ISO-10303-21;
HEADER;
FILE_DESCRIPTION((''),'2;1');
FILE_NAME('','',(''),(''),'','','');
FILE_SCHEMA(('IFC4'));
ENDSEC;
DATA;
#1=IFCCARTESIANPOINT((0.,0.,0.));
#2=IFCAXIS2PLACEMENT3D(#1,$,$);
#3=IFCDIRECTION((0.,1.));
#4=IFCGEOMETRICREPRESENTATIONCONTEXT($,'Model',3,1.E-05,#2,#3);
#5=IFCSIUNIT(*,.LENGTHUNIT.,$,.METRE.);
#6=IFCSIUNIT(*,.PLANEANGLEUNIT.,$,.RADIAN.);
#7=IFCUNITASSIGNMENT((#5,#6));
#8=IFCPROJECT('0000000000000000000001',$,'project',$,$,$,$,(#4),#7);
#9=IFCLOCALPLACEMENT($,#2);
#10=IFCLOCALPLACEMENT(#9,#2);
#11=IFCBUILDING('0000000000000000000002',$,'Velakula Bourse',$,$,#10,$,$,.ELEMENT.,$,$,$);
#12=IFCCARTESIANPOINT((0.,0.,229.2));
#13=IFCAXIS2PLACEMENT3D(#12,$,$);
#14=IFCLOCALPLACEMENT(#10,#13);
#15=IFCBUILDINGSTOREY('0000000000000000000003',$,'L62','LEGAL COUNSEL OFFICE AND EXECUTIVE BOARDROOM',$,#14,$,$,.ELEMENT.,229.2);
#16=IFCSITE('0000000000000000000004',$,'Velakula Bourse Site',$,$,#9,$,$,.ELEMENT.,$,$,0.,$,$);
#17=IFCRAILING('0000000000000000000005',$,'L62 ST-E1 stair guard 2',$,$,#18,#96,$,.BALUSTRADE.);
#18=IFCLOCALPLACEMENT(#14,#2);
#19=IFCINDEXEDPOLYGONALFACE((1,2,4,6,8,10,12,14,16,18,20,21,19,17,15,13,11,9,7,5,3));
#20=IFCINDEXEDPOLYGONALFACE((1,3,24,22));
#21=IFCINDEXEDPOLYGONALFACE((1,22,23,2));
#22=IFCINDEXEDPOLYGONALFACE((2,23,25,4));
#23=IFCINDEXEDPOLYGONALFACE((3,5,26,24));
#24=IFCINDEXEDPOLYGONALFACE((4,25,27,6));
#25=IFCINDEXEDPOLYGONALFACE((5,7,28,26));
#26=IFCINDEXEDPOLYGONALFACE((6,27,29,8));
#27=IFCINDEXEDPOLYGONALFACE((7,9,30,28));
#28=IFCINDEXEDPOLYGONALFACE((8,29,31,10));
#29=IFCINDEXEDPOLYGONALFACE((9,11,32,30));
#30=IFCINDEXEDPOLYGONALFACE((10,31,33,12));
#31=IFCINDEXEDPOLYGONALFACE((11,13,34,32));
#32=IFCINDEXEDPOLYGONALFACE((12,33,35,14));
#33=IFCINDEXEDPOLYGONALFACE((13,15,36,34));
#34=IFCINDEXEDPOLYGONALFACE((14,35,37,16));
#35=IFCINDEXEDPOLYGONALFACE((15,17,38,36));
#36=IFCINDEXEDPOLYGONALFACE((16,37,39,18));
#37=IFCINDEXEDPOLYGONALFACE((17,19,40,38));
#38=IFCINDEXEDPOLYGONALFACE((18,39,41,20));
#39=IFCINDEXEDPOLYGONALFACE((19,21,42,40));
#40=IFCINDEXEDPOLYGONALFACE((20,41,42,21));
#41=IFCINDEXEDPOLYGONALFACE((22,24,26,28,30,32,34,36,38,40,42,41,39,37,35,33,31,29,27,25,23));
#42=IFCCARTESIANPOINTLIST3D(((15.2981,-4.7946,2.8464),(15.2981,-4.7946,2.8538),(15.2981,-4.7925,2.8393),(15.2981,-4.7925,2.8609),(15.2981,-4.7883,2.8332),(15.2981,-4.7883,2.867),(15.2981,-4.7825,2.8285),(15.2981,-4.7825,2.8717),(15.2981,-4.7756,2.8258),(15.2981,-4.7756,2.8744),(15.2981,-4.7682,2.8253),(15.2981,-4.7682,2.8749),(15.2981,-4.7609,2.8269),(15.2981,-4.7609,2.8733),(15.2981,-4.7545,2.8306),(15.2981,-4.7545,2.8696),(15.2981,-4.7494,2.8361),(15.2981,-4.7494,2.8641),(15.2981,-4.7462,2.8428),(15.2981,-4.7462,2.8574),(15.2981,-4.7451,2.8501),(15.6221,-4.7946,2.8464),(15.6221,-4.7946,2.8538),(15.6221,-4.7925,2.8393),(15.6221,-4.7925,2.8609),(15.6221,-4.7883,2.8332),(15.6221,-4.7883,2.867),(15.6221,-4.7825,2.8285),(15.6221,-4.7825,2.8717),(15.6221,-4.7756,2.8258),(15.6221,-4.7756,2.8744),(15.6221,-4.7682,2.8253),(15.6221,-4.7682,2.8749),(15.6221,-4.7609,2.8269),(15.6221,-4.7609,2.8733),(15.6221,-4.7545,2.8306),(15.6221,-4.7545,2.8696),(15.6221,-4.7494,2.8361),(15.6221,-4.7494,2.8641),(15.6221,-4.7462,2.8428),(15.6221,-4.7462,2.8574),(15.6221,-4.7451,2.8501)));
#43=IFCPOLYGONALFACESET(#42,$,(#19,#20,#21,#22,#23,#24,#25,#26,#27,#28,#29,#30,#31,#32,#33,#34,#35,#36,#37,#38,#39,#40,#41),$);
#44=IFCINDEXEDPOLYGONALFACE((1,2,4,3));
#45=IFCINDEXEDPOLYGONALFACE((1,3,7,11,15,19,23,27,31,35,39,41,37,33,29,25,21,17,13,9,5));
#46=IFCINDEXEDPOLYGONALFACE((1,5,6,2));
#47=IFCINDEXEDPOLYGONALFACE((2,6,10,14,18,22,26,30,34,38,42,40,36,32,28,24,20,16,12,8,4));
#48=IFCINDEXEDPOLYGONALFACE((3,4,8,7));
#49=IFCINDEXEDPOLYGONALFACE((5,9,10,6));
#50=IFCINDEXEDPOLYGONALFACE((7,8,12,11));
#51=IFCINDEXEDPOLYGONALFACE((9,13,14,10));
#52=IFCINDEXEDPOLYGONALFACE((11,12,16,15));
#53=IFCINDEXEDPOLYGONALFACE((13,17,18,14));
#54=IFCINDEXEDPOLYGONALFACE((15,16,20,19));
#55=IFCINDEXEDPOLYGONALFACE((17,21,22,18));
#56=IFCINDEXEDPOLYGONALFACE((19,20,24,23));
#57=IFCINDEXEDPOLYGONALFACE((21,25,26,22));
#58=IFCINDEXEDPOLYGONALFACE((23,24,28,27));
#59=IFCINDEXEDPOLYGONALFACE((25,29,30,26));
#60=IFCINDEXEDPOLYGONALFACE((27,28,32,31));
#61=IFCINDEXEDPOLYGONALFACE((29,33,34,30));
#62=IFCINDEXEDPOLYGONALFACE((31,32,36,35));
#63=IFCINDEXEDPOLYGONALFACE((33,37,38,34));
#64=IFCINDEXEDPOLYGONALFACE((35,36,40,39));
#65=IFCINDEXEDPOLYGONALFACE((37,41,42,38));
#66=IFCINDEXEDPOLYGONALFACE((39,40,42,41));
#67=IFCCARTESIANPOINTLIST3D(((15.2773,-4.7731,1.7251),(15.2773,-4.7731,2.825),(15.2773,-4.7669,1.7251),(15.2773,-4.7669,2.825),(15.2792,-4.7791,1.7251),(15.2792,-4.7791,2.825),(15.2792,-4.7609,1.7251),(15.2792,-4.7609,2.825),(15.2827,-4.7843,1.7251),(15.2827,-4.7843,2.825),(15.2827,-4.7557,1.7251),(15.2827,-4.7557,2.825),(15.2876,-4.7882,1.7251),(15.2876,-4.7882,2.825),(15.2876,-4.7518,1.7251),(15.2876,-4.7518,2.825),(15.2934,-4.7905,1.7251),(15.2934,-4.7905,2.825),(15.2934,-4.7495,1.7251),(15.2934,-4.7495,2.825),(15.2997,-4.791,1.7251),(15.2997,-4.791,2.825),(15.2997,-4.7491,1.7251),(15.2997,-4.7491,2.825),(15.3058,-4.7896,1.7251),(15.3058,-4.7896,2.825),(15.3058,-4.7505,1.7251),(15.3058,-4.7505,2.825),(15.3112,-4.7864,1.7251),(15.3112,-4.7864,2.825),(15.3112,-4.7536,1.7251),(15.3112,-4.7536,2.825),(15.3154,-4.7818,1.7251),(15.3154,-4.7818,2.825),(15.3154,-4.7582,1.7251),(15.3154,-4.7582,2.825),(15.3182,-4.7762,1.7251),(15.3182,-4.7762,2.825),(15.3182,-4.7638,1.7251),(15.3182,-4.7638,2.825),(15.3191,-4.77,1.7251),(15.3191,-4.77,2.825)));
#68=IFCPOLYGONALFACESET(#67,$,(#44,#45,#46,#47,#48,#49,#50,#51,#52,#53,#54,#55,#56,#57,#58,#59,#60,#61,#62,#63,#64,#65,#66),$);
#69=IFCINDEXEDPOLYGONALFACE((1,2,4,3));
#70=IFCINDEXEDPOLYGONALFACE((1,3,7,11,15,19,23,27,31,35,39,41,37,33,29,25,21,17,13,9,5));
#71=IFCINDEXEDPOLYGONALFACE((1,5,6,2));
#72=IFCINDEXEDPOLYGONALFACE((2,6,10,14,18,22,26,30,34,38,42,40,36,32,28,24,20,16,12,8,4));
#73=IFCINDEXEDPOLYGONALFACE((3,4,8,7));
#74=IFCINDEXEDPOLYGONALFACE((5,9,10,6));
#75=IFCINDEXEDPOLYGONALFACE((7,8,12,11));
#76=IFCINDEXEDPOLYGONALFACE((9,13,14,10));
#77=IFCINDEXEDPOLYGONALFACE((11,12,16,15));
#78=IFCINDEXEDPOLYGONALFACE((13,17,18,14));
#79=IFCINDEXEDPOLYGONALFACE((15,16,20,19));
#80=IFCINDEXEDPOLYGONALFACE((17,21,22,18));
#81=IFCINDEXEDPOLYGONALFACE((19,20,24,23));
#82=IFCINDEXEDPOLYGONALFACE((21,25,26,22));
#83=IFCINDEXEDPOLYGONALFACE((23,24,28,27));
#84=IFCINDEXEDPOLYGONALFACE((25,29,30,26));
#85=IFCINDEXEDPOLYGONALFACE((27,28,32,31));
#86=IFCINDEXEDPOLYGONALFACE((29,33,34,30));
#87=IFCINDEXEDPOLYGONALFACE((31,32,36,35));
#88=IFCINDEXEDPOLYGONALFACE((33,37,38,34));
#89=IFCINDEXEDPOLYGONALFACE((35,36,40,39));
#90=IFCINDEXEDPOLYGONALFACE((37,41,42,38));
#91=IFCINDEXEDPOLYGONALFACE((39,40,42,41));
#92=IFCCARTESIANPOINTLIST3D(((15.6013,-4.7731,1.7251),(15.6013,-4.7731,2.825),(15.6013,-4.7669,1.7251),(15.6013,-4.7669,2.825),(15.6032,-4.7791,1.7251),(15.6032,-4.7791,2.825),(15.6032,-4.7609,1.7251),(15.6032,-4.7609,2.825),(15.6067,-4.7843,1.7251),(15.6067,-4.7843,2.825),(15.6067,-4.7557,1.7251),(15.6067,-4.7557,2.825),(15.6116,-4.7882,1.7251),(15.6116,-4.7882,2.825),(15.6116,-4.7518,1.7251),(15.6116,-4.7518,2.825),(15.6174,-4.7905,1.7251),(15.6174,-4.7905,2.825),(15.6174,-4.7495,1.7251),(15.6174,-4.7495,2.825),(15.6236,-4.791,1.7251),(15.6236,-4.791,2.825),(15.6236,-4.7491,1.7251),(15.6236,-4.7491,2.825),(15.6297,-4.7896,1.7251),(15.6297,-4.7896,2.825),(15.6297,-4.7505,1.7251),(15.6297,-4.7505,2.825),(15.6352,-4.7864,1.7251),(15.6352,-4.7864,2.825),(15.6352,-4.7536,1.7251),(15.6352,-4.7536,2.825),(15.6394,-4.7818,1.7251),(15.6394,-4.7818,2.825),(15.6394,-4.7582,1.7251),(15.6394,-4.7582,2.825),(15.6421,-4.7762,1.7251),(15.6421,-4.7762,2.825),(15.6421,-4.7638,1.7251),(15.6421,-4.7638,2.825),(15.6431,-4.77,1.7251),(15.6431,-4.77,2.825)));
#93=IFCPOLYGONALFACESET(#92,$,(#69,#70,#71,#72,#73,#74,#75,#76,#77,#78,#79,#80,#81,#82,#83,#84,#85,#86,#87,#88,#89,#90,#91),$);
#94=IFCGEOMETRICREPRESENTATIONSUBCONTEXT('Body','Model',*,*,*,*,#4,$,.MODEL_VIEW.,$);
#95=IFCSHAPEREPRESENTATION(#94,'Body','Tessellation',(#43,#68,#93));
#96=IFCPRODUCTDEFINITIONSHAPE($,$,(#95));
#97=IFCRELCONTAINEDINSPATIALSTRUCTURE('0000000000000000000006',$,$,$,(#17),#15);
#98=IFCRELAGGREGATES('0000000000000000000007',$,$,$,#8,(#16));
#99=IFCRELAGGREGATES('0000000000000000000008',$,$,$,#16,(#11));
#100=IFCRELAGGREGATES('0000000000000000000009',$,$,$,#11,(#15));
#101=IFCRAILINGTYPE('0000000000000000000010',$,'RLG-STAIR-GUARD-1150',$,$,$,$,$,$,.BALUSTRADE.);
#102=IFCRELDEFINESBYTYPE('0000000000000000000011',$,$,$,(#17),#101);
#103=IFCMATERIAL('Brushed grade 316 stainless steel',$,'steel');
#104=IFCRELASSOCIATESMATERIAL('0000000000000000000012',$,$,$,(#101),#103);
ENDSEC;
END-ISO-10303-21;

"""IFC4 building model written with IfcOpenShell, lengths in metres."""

from ifc_helpers import new_model, si_unit, direction, frame, origin, origin_2d, place, context, subcontext, project, spatial, circle, extrude, material, type_object, element, save


model = new_model("IFC4")

# Units and contexts
model_context = context("Model", 3, precision=1e-05, world=origin(), true_north=direction((0.0, 1.0)))
body_context = subcontext(model_context, "Body", "Model", "MODEL_VIEW")
ifc_project = project(units=[si_unit("LENGTHUNIT", "METRE"), si_unit("PLANEANGLEUNIT", "RADIAN")], contexts=[model_context])

# Site, building, storey
site_placement = place(None, origin())
site = spatial("IfcSite", under=ifc_project, at=site_placement, Name="Velakula Bourse Site", CompositionType="ELEMENT", RefElevation=0.0)
building_placement = place(site_placement, origin())
building = spatial("IfcBuilding", under=site, at=building_placement, Name="Velakula Bourse", CompositionType="ELEMENT")
storey_placement = place(building_placement, frame((0.0, 0.0, 229.2)))
storey = spatial("IfcBuildingStorey", under=building, at=storey_placement, Name="L62", Description="LEGAL COUNSEL OFFICE AND EXECUTIVE BOARDROOM", CompositionType="ELEMENT", Elevation=229.2)

# Shared definitions
ifc_material_1 = material(Name="Brushed grade 316 stainless steel", Category="steel")

# Railing
railing_type_1 = type_object("IfcRailingType", Name="RLG-STAIR-GUARD-1150", PredefinedType="BALUSTRADE", material=ifc_material_1)
railing_1_placement = place(storey_placement, frame((15.2981, -4.77, 1.7251)))
element("IfcRailing", 1, at=railing_1_placement, inside=storey, type_object=railing_type_1, Name="L62 ST-E1 stair guard 2", PredefinedType="BALUSTRADE", context=body_context, shape_type="SweptSolid", body=[
    extrude(circle(Radius=0.0249, at=origin_2d()), frame((0.0, 0.0, 1.125), z_axis=(1.0, 0.0, 0.0), x_axis=(0.0, 1.0, 0.0)), (0.0, 0.0, 1.0), 0.324),
    extrude(circle(Radius=0.021, at=origin_2d()), origin(), (0.0, 0.0, 1.0), 1.0999),
    extrude(circle(Radius=0.021, at=origin_2d()), frame((0.324, 0.0, 0.0)), (0.0, 0.0, 1.0), 1.0999),
])

save(model, "model.ifc")
